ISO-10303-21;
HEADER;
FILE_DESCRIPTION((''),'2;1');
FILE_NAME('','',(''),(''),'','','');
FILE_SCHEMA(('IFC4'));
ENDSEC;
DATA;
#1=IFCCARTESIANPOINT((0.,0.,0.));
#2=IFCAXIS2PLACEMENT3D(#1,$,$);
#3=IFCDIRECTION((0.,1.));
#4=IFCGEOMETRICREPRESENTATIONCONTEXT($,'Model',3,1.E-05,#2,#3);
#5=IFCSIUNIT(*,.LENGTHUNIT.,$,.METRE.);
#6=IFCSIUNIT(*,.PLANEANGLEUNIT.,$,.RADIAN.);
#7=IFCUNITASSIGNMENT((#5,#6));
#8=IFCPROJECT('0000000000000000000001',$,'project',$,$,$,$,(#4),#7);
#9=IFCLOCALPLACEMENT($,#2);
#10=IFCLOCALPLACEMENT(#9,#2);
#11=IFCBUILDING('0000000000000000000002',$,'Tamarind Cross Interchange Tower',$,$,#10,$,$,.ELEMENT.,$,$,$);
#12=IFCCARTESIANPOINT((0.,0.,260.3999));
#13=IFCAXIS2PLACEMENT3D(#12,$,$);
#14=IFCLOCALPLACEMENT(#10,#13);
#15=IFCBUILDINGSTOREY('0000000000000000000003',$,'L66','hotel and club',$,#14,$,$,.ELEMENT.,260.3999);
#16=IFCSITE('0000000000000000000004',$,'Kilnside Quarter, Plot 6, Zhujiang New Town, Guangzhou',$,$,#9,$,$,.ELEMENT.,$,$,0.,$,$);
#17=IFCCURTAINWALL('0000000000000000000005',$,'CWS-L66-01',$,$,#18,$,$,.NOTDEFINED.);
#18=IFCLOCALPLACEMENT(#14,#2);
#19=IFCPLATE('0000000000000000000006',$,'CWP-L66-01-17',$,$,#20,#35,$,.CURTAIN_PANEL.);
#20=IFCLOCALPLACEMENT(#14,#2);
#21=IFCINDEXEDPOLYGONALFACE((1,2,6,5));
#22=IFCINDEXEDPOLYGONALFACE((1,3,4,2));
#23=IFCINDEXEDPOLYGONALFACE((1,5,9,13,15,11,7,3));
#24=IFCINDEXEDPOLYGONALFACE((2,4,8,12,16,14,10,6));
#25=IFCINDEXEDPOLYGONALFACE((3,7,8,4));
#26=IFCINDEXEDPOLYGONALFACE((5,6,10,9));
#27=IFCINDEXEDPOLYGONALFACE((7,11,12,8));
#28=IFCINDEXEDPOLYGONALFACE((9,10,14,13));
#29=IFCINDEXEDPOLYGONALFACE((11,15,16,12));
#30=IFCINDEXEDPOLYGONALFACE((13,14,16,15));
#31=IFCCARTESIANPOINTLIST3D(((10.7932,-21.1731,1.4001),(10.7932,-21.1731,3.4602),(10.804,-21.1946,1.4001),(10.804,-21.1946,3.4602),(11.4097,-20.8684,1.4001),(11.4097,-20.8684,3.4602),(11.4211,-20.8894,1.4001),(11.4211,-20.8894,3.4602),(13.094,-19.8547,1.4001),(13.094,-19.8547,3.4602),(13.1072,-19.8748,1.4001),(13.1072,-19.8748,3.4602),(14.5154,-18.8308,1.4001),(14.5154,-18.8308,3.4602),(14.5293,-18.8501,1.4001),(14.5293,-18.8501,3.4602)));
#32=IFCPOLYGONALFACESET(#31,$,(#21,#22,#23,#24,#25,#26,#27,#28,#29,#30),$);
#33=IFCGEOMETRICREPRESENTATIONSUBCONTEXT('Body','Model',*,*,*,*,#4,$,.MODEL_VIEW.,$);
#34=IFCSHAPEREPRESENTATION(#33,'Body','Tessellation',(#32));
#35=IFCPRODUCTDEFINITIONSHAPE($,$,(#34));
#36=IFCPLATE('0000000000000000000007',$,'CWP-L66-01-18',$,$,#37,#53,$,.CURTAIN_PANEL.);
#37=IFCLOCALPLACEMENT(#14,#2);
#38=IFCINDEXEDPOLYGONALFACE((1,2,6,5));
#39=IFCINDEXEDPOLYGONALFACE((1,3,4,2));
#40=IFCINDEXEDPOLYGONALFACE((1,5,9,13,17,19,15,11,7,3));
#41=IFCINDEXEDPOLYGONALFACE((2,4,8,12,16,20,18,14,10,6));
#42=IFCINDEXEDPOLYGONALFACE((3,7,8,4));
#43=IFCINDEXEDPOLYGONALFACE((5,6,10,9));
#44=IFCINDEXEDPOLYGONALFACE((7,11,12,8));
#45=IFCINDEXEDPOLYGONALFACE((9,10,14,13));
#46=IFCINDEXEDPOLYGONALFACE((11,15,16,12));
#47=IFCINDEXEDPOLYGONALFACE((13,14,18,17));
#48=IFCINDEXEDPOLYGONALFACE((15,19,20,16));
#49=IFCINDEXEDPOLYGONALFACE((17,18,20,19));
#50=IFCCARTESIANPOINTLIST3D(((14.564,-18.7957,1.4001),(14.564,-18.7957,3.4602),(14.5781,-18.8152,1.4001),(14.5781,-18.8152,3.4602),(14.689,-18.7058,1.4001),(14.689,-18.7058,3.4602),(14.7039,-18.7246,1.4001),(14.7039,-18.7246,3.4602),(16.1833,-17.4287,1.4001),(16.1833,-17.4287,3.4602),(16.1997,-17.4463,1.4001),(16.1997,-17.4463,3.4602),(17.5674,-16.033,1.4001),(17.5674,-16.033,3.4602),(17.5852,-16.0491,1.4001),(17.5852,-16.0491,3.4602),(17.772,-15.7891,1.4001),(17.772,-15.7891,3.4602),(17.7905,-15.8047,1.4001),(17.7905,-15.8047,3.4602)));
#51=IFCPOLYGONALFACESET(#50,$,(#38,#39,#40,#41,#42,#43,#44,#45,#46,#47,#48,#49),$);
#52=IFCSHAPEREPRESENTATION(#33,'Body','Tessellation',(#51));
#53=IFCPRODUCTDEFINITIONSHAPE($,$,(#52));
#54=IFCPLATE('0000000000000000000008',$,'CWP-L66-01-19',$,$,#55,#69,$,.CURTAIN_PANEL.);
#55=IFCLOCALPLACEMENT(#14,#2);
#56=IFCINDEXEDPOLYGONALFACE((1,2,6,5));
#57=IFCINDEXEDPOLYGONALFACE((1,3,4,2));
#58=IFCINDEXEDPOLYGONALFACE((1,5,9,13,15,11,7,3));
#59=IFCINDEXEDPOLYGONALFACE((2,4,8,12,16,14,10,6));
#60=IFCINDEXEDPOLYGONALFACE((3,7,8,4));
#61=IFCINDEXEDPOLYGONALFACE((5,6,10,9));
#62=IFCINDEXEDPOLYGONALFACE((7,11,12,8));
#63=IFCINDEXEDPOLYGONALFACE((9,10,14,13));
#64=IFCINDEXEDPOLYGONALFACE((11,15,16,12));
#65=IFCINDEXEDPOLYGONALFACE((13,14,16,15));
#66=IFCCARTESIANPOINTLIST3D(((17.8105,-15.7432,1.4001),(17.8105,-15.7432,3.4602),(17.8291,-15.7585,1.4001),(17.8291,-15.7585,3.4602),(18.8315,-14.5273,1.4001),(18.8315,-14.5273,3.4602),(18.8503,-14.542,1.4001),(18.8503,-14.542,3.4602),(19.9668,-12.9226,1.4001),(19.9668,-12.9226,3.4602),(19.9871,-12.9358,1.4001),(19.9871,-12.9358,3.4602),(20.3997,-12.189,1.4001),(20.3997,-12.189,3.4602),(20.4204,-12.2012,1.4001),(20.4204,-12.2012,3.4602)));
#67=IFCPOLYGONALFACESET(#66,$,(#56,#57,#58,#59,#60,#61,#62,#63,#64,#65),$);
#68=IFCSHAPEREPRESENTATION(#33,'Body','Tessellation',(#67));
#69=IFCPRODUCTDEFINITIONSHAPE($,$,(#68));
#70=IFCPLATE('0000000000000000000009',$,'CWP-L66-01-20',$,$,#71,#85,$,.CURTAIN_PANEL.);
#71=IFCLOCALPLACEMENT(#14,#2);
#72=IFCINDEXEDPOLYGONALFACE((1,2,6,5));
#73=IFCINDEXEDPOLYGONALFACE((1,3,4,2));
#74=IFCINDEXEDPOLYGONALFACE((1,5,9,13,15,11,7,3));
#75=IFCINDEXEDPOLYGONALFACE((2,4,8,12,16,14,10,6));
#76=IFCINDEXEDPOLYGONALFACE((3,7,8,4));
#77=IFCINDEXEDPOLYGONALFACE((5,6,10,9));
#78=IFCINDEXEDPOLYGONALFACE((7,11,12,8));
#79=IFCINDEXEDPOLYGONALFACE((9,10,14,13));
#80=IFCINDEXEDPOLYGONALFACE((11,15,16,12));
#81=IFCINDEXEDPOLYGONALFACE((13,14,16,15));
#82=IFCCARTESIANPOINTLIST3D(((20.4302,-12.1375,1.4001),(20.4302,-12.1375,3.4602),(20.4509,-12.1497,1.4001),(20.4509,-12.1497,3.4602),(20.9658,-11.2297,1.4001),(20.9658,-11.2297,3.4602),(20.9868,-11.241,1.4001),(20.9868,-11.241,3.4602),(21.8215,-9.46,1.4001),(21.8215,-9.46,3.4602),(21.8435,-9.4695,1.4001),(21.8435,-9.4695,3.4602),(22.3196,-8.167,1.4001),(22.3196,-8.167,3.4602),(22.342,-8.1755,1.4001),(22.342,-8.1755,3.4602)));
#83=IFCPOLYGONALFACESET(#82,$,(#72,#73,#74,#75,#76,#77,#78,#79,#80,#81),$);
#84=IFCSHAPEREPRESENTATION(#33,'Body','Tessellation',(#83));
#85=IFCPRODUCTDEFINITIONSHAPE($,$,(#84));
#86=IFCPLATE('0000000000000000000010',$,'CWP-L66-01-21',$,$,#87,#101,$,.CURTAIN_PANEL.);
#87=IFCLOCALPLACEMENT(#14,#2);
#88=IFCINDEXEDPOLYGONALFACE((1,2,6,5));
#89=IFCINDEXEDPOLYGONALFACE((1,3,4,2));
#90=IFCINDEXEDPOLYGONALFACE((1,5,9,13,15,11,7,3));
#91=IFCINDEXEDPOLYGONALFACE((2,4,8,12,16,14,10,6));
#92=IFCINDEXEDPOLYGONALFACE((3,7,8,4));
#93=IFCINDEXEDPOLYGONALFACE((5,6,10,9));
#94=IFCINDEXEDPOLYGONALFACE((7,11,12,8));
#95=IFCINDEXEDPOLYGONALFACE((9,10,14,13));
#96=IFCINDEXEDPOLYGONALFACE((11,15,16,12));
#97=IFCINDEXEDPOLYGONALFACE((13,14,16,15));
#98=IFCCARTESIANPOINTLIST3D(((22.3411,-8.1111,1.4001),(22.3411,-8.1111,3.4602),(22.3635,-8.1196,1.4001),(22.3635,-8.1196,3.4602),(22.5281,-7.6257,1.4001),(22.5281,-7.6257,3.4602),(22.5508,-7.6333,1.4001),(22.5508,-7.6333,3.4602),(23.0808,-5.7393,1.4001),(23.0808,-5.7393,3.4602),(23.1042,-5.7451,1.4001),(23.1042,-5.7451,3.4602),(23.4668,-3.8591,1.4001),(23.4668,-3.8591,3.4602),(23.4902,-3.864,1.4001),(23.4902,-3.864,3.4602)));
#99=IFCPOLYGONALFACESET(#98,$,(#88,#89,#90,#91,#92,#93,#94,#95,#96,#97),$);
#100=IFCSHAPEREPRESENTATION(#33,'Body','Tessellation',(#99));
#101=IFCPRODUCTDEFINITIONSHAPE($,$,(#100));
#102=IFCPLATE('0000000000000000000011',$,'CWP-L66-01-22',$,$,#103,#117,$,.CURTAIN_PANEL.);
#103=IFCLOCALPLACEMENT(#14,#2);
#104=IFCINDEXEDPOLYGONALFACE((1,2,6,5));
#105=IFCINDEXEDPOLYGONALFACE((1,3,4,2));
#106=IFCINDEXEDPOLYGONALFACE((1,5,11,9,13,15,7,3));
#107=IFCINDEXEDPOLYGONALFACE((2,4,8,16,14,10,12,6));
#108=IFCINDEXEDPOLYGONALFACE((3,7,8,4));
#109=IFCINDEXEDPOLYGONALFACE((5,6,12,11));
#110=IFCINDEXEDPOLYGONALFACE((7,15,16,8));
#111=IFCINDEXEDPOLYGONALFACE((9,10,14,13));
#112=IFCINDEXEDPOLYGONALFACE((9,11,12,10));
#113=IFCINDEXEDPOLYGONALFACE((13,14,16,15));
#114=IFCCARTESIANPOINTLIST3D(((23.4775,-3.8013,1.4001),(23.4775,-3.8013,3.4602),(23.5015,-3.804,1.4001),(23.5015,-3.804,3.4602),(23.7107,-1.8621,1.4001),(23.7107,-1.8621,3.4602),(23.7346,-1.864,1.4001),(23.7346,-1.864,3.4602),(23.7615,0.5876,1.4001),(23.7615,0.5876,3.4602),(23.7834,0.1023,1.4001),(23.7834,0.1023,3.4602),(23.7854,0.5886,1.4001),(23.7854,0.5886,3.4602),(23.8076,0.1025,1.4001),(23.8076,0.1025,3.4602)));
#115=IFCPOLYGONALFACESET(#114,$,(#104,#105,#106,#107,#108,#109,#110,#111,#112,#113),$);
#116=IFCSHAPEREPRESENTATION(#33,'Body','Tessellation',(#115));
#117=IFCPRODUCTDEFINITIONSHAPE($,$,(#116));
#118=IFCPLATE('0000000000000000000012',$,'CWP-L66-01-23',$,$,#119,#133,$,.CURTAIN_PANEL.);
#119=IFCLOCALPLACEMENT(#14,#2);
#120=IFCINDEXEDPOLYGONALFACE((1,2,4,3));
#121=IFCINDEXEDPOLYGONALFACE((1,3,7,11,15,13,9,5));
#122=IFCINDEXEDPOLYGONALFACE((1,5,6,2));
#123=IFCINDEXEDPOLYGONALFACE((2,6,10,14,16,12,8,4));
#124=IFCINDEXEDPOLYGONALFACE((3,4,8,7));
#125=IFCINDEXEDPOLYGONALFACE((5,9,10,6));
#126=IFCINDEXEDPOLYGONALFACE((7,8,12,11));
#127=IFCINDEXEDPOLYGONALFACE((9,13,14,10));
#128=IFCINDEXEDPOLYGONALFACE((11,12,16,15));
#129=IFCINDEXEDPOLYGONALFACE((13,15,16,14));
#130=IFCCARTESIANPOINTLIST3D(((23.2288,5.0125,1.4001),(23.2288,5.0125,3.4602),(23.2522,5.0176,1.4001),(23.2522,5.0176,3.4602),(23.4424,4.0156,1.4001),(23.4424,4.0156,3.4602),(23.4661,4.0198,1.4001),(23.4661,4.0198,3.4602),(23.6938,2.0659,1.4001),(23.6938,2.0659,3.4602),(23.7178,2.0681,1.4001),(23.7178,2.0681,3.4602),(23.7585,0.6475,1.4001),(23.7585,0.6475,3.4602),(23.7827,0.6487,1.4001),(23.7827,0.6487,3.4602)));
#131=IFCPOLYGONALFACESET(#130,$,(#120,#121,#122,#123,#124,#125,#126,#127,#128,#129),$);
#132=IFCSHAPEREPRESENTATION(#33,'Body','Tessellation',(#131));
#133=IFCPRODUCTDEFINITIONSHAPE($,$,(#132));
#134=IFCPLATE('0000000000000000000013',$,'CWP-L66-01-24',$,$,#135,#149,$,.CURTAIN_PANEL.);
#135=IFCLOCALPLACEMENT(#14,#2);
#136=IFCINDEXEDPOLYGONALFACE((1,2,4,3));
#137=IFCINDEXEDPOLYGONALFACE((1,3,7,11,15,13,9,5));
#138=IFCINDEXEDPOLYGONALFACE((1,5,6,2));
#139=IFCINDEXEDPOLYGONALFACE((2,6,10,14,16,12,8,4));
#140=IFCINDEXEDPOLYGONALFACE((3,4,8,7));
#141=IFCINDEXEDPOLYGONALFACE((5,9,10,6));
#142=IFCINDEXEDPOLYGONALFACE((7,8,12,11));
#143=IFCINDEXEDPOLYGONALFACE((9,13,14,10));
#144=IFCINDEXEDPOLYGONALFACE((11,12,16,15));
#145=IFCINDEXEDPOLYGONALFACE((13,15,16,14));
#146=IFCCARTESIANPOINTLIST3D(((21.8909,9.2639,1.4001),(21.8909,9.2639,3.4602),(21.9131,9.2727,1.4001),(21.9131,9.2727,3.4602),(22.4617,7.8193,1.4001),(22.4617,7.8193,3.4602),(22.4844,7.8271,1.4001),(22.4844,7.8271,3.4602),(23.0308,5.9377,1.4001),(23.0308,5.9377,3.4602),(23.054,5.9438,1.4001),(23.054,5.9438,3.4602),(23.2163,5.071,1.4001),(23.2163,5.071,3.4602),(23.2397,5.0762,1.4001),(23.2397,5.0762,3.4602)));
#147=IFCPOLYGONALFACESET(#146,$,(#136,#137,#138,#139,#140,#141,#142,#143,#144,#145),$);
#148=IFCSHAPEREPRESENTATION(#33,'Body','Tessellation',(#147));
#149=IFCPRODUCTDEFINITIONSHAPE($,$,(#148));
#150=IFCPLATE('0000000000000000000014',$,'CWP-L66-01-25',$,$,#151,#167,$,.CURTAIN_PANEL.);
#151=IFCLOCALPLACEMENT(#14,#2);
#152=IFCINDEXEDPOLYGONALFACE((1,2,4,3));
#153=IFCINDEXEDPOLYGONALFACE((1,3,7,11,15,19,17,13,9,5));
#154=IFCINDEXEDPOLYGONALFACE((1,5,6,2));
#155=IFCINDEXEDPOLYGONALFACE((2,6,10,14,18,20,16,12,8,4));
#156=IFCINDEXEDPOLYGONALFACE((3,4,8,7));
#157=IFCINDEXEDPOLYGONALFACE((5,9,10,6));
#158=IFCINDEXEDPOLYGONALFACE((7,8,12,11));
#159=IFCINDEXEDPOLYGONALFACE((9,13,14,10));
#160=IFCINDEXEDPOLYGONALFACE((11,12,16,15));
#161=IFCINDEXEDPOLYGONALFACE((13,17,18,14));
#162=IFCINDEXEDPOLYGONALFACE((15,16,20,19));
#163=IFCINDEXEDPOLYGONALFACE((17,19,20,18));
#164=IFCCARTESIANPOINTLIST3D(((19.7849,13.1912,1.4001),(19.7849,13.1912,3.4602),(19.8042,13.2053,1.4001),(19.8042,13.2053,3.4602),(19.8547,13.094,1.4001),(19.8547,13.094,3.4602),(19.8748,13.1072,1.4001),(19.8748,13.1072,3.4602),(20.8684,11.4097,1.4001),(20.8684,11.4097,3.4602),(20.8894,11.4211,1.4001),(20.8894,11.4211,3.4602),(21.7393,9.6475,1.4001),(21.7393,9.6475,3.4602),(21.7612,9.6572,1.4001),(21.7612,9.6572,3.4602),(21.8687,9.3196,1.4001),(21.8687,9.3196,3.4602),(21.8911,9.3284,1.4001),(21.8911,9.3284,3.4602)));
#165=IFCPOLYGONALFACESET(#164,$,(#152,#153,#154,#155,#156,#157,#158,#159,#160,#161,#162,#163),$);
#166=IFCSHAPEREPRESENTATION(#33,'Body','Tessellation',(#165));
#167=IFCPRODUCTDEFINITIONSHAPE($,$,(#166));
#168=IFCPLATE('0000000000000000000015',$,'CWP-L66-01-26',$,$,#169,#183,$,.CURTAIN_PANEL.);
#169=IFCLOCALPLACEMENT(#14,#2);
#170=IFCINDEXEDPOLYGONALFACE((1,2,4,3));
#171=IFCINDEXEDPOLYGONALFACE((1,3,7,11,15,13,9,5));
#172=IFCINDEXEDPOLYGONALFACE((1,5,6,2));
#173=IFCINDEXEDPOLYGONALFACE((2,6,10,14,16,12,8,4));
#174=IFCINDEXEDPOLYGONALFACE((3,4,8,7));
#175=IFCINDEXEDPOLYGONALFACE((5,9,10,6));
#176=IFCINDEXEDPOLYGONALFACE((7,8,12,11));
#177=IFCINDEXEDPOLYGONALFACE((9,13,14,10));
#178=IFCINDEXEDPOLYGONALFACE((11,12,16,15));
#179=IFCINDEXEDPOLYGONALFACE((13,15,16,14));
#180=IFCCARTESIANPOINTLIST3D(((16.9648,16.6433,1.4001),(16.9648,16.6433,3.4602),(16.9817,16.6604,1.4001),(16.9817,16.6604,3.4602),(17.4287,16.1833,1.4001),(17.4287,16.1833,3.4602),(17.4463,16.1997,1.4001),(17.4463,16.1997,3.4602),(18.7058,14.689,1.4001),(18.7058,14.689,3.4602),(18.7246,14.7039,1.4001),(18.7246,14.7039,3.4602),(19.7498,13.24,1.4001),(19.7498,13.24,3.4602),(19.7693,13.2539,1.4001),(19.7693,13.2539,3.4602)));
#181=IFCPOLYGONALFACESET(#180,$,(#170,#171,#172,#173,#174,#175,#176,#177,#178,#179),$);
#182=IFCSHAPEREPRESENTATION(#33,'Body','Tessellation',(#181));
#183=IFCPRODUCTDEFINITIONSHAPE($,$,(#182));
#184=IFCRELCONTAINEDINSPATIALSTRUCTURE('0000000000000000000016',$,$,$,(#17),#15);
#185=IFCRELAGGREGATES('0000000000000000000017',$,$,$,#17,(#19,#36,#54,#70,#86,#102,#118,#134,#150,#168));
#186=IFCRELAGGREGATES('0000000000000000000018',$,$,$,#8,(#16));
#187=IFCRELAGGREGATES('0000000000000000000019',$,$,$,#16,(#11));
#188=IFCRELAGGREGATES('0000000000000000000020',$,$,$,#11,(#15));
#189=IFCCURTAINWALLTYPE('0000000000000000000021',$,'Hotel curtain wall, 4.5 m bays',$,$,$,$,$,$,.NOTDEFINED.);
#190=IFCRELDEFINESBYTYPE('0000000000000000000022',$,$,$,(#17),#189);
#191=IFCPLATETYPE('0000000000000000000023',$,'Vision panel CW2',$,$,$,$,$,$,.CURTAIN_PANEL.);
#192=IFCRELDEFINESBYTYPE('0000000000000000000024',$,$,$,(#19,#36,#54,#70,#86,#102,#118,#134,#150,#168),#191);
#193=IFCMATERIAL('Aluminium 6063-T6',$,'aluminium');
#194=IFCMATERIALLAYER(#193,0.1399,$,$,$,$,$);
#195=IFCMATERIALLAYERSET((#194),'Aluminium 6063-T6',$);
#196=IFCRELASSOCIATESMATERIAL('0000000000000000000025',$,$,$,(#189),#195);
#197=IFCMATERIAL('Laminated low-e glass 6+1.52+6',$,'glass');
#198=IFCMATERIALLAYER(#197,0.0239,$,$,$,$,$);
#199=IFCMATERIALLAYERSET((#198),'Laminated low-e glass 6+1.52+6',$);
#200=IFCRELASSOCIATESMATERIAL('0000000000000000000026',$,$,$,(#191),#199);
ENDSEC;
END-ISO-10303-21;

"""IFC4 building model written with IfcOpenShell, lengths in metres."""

from ifc_helpers import new_model, si_unit, direction, frame, origin, place, context, subcontext, project, spatial, polyline, outline, extrude, material, layer, layer_set, type_object, element, aggregate, save


model = new_model("IFC4")

# Units and contexts
model_context = context("Model", 3, precision=1e-05, world=origin(), true_north=direction((0.0, 1.0)))
body_context = subcontext(model_context, "Body", "Model", "MODEL_VIEW")
ifc_project = project(units=[si_unit("LENGTHUNIT", "METRE"), si_unit("PLANEANGLEUNIT", "RADIAN")], contexts=[model_context])

# Site, building, storey
site_placement = place(None, origin())
site = spatial("IfcSite", under=ifc_project, at=site_placement, Name="Kilnside Quarter, Plot 6, Zhujiang New Town, Guangzhou", CompositionType="ELEMENT", RefElevation=0.0)
building_placement = place(site_placement, origin())
building = spatial("IfcBuilding", under=site, at=building_placement, Name="Tamarind Cross Interchange Tower", CompositionType="ELEMENT")
storey_placement = place(building_placement, frame((0.0, 0.0, 260.3999)))
storey = spatial("IfcBuildingStorey", under=building, at=storey_placement, Name="L66", Description="hotel and club", CompositionType="ELEMENT", Elevation=260.3999)

# Curtain wall, plates
ifc_material_1 = material(Name="Aluminium 6063-T6", Category="aluminium")
ifc_layer_1 = layer(ifc_material_1, 0.1399)
ifc_layer_set_1 = layer_set([ifc_layer_1], Name="Aluminium 6063-T6")
curtain_wall_type = type_object("IfcCurtainWallType", Name="Hotel curtain wall, 4.5 m bays", PredefinedType="NOTDEFINED", material=ifc_layer_set_1)
curtain_wall_placement = place(storey_placement, origin())
curtain_wall = element("IfcCurtainWall", 1, at=curtain_wall_placement, inside=storey, type_object=curtain_wall_type, Name="CWS-L66-01", PredefinedType="NOTDEFINED")
ifc_material_2 = material(Name="Laminated low-e glass 6+1.52+6", Category="glass")
ifc_layer_2 = layer(ifc_material_2, 0.0239)
ifc_layer_set_2 = layer_set([ifc_layer_2], Name="Laminated low-e glass 6+1.52+6")
plate_type = type_object("IfcPlateType", Name="Vision panel CW2", PredefinedType="CURTAIN_PANEL", material=ifc_layer_set_2)
plate_1_placement = place(storey_placement, frame((0.0, 0.0, 1.4001)))
plate_1 = element("IfcPlate", 2, at=plate_1_placement, type_object=plate_type, Name="CWP-L66-01-17", PredefinedType="CURTAIN_PANEL", context=body_context, shape_type="SweptSolid", body=[
    extrude(outline(polyline([(10.7932, -21.1731), (11.4097, -20.8684), (13.094, -19.8547), (14.5154, -18.8308), (14.5293, -18.8501), (13.1072, -19.8748), (11.4211, -20.8894), (10.804, -21.1946), (10.7932, -21.1731)])), origin(), (0.0, 0.0, 1.0), 2.0601),
])
plate_2_placement = place(storey_placement, frame((0.0, 0.0, 1.4001)))
plate_2 = element("IfcPlate", 3, at=plate_2_placement, type_object=plate_type, Name="CWP-L66-01-18", PredefinedType="CURTAIN_PANEL", context=body_context, shape_type="SweptSolid", body=[
    extrude(outline(polyline([(14.564, -18.7957), (14.689, -18.7058), (16.1833, -17.4287), (17.5674, -16.033), (17.772, -15.7891), (17.7905, -15.8047), (17.5852, -16.0491), (16.1997, -17.4463), (14.7039, -18.7246), (14.5781, -18.8152), (14.564, -18.7957)])), origin(), (0.0, 0.0, 1.0), 2.0601),
])
plate_3_placement = place(storey_placement, frame((0.0, 0.0, 1.4001)))
plate_3 = element("IfcPlate", 4, at=plate_3_placement, type_object=plate_type, Name="CWP-L66-01-19", PredefinedType="CURTAIN_PANEL", context=body_context, shape_type="SweptSolid", body=[
    extrude(outline(polyline([(17.8105, -15.7432), (18.8315, -14.5273), (19.9668, -12.9226), (20.3997, -12.189), (20.4204, -12.2012), (19.9871, -12.9358), (18.8503, -14.542), (17.8291, -15.7585), (17.8105, -15.7432)])), origin(), (0.0, 0.0, 1.0), 2.0601),
])
plate_4_placement = place(storey_placement, frame((0.0, 0.0, 1.4001)))
plate_4 = element("IfcPlate", 5, at=plate_4_placement, type_object=plate_type, Name="CWP-L66-01-20", PredefinedType="CURTAIN_PANEL", context=body_context, shape_type="SweptSolid", body=[
    extrude(outline(polyline([(20.4302, -12.1375), (20.9658, -11.2297), (21.8215, -9.46), (22.3196, -8.167), (22.342, -8.1755), (21.8435, -9.4695), (20.9868, -11.241), (20.4509, -12.1497), (20.4302, -12.1375)])), origin(), (0.0, 0.0, 1.0), 2.0601),
])
plate_5_placement = place(storey_placement, frame((0.0, 0.0, 1.4001)))
plate_5 = element("IfcPlate", 6, at=plate_5_placement, type_object=plate_type, Name="CWP-L66-01-21", PredefinedType="CURTAIN_PANEL", context=body_context, shape_type="SweptSolid", body=[
    extrude(outline(polyline([(22.3411, -8.1111), (22.5281, -7.6257), (23.0808, -5.7393), (23.4668, -3.8591), (23.4902, -3.864), (23.1042, -5.7451), (22.5508, -7.6333), (22.3635, -8.1196), (22.3411, -8.1111)])), origin(), (0.0, 0.0, 1.0), 2.0601),
])
plate_6_placement = place(storey_placement, frame((0.0, 0.0, 1.4001)))
plate_6 = element("IfcPlate", 7, at=plate_6_placement, type_object=plate_type, Name="CWP-L66-01-22", PredefinedType="CURTAIN_PANEL", context=body_context, shape_type="SweptSolid", body=[
    extrude(outline(polyline([(23.4775, -3.8013), (23.7107, -1.8621), (23.7834, 0.1023), (23.7615, 0.5876), (23.7854, 0.5886), (23.8076, 0.1025), (23.7346, -1.864), (23.5015, -3.804), (23.4775, -3.8013)])), origin(), (0.0, 0.0, 1.0), 2.0601),
])
plate_7_placement = place(storey_placement, frame((0.0, 0.0, 1.4001)))
plate_7 = element("IfcPlate", 8, at=plate_7_placement, type_object=plate_type, Name="CWP-L66-01-23", PredefinedType="CURTAIN_PANEL", context=body_context, shape_type="SweptSolid", body=[
    extrude(outline(polyline([(23.7585, 0.6475), (23.6938, 2.0659), (23.4424, 4.0156), (23.2288, 5.0125), (23.2522, 5.0176), (23.4661, 4.0198), (23.7178, 2.0681), (23.7827, 0.6487), (23.7585, 0.6475)])), origin(), (0.0, 0.0, 1.0), 2.0601),
])
plate_8_placement = place(storey_placement, frame((0.0, 0.0, 1.4001)))
plate_8 = element("IfcPlate", 9, at=plate_8_placement, type_object=plate_type, Name="CWP-L66-01-24", PredefinedType="CURTAIN_PANEL", context=body_context, shape_type="SweptSolid", body=[
    extrude(outline(polyline([(23.2163, 5.071), (23.0308, 5.9377), (22.4617, 7.8193), (21.8909, 9.2639), (21.9131, 9.2727), (22.4844, 7.8271), (23.054, 5.9438), (23.2397, 5.0762), (23.2163, 5.071)])), origin(), (0.0, 0.0, 1.0), 2.0601),
])
plate_9_placement = place(storey_placement, frame((0.0, 0.0, 1.4001)))
plate_9 = element("IfcPlate", 10, at=plate_9_placement, type_object=plate_type, Name="CWP-L66-01-25", PredefinedType="CURTAIN_PANEL", context=body_context, shape_type="SweptSolid", body=[
    extrude(outline(polyline([(21.8687, 9.3196), (21.7393, 9.6475), (20.8684, 11.4097), (19.8547, 13.094), (19.7849, 13.1912), (19.8042, 13.2053), (19.8748, 13.1072), (20.8894, 11.4211), (21.7612, 9.6572), (21.8911, 9.3284), (21.8687, 9.3196)])), origin(), (0.0, 0.0, 1.0), 2.0601),
])
plate_10_placement = place(storey_placement, frame((0.0, 0.0, 1.4001)))
plate_10 = element("IfcPlate", 11, at=plate_10_placement, type_object=plate_type, Name="CWP-L66-01-26", PredefinedType="CURTAIN_PANEL", context=body_context, shape_type="SweptSolid", body=[
    extrude(outline(polyline([(19.7498, 13.24), (18.7058, 14.689), (17.4287, 16.1833), (16.9648, 16.6433), (16.9817, 16.6604), (17.4463, 16.1997), (18.7246, 14.7039), (19.7693, 13.2539), (19.7498, 13.24)])), origin(), (0.0, 0.0, 1.0), 2.0601),
])
aggregate(curtain_wall, [plate_1, plate_2, plate_3, plate_4, plate_5, plate_6, plate_7, plate_8, plate_9, plate_10])

save(model, "model.ifc")
